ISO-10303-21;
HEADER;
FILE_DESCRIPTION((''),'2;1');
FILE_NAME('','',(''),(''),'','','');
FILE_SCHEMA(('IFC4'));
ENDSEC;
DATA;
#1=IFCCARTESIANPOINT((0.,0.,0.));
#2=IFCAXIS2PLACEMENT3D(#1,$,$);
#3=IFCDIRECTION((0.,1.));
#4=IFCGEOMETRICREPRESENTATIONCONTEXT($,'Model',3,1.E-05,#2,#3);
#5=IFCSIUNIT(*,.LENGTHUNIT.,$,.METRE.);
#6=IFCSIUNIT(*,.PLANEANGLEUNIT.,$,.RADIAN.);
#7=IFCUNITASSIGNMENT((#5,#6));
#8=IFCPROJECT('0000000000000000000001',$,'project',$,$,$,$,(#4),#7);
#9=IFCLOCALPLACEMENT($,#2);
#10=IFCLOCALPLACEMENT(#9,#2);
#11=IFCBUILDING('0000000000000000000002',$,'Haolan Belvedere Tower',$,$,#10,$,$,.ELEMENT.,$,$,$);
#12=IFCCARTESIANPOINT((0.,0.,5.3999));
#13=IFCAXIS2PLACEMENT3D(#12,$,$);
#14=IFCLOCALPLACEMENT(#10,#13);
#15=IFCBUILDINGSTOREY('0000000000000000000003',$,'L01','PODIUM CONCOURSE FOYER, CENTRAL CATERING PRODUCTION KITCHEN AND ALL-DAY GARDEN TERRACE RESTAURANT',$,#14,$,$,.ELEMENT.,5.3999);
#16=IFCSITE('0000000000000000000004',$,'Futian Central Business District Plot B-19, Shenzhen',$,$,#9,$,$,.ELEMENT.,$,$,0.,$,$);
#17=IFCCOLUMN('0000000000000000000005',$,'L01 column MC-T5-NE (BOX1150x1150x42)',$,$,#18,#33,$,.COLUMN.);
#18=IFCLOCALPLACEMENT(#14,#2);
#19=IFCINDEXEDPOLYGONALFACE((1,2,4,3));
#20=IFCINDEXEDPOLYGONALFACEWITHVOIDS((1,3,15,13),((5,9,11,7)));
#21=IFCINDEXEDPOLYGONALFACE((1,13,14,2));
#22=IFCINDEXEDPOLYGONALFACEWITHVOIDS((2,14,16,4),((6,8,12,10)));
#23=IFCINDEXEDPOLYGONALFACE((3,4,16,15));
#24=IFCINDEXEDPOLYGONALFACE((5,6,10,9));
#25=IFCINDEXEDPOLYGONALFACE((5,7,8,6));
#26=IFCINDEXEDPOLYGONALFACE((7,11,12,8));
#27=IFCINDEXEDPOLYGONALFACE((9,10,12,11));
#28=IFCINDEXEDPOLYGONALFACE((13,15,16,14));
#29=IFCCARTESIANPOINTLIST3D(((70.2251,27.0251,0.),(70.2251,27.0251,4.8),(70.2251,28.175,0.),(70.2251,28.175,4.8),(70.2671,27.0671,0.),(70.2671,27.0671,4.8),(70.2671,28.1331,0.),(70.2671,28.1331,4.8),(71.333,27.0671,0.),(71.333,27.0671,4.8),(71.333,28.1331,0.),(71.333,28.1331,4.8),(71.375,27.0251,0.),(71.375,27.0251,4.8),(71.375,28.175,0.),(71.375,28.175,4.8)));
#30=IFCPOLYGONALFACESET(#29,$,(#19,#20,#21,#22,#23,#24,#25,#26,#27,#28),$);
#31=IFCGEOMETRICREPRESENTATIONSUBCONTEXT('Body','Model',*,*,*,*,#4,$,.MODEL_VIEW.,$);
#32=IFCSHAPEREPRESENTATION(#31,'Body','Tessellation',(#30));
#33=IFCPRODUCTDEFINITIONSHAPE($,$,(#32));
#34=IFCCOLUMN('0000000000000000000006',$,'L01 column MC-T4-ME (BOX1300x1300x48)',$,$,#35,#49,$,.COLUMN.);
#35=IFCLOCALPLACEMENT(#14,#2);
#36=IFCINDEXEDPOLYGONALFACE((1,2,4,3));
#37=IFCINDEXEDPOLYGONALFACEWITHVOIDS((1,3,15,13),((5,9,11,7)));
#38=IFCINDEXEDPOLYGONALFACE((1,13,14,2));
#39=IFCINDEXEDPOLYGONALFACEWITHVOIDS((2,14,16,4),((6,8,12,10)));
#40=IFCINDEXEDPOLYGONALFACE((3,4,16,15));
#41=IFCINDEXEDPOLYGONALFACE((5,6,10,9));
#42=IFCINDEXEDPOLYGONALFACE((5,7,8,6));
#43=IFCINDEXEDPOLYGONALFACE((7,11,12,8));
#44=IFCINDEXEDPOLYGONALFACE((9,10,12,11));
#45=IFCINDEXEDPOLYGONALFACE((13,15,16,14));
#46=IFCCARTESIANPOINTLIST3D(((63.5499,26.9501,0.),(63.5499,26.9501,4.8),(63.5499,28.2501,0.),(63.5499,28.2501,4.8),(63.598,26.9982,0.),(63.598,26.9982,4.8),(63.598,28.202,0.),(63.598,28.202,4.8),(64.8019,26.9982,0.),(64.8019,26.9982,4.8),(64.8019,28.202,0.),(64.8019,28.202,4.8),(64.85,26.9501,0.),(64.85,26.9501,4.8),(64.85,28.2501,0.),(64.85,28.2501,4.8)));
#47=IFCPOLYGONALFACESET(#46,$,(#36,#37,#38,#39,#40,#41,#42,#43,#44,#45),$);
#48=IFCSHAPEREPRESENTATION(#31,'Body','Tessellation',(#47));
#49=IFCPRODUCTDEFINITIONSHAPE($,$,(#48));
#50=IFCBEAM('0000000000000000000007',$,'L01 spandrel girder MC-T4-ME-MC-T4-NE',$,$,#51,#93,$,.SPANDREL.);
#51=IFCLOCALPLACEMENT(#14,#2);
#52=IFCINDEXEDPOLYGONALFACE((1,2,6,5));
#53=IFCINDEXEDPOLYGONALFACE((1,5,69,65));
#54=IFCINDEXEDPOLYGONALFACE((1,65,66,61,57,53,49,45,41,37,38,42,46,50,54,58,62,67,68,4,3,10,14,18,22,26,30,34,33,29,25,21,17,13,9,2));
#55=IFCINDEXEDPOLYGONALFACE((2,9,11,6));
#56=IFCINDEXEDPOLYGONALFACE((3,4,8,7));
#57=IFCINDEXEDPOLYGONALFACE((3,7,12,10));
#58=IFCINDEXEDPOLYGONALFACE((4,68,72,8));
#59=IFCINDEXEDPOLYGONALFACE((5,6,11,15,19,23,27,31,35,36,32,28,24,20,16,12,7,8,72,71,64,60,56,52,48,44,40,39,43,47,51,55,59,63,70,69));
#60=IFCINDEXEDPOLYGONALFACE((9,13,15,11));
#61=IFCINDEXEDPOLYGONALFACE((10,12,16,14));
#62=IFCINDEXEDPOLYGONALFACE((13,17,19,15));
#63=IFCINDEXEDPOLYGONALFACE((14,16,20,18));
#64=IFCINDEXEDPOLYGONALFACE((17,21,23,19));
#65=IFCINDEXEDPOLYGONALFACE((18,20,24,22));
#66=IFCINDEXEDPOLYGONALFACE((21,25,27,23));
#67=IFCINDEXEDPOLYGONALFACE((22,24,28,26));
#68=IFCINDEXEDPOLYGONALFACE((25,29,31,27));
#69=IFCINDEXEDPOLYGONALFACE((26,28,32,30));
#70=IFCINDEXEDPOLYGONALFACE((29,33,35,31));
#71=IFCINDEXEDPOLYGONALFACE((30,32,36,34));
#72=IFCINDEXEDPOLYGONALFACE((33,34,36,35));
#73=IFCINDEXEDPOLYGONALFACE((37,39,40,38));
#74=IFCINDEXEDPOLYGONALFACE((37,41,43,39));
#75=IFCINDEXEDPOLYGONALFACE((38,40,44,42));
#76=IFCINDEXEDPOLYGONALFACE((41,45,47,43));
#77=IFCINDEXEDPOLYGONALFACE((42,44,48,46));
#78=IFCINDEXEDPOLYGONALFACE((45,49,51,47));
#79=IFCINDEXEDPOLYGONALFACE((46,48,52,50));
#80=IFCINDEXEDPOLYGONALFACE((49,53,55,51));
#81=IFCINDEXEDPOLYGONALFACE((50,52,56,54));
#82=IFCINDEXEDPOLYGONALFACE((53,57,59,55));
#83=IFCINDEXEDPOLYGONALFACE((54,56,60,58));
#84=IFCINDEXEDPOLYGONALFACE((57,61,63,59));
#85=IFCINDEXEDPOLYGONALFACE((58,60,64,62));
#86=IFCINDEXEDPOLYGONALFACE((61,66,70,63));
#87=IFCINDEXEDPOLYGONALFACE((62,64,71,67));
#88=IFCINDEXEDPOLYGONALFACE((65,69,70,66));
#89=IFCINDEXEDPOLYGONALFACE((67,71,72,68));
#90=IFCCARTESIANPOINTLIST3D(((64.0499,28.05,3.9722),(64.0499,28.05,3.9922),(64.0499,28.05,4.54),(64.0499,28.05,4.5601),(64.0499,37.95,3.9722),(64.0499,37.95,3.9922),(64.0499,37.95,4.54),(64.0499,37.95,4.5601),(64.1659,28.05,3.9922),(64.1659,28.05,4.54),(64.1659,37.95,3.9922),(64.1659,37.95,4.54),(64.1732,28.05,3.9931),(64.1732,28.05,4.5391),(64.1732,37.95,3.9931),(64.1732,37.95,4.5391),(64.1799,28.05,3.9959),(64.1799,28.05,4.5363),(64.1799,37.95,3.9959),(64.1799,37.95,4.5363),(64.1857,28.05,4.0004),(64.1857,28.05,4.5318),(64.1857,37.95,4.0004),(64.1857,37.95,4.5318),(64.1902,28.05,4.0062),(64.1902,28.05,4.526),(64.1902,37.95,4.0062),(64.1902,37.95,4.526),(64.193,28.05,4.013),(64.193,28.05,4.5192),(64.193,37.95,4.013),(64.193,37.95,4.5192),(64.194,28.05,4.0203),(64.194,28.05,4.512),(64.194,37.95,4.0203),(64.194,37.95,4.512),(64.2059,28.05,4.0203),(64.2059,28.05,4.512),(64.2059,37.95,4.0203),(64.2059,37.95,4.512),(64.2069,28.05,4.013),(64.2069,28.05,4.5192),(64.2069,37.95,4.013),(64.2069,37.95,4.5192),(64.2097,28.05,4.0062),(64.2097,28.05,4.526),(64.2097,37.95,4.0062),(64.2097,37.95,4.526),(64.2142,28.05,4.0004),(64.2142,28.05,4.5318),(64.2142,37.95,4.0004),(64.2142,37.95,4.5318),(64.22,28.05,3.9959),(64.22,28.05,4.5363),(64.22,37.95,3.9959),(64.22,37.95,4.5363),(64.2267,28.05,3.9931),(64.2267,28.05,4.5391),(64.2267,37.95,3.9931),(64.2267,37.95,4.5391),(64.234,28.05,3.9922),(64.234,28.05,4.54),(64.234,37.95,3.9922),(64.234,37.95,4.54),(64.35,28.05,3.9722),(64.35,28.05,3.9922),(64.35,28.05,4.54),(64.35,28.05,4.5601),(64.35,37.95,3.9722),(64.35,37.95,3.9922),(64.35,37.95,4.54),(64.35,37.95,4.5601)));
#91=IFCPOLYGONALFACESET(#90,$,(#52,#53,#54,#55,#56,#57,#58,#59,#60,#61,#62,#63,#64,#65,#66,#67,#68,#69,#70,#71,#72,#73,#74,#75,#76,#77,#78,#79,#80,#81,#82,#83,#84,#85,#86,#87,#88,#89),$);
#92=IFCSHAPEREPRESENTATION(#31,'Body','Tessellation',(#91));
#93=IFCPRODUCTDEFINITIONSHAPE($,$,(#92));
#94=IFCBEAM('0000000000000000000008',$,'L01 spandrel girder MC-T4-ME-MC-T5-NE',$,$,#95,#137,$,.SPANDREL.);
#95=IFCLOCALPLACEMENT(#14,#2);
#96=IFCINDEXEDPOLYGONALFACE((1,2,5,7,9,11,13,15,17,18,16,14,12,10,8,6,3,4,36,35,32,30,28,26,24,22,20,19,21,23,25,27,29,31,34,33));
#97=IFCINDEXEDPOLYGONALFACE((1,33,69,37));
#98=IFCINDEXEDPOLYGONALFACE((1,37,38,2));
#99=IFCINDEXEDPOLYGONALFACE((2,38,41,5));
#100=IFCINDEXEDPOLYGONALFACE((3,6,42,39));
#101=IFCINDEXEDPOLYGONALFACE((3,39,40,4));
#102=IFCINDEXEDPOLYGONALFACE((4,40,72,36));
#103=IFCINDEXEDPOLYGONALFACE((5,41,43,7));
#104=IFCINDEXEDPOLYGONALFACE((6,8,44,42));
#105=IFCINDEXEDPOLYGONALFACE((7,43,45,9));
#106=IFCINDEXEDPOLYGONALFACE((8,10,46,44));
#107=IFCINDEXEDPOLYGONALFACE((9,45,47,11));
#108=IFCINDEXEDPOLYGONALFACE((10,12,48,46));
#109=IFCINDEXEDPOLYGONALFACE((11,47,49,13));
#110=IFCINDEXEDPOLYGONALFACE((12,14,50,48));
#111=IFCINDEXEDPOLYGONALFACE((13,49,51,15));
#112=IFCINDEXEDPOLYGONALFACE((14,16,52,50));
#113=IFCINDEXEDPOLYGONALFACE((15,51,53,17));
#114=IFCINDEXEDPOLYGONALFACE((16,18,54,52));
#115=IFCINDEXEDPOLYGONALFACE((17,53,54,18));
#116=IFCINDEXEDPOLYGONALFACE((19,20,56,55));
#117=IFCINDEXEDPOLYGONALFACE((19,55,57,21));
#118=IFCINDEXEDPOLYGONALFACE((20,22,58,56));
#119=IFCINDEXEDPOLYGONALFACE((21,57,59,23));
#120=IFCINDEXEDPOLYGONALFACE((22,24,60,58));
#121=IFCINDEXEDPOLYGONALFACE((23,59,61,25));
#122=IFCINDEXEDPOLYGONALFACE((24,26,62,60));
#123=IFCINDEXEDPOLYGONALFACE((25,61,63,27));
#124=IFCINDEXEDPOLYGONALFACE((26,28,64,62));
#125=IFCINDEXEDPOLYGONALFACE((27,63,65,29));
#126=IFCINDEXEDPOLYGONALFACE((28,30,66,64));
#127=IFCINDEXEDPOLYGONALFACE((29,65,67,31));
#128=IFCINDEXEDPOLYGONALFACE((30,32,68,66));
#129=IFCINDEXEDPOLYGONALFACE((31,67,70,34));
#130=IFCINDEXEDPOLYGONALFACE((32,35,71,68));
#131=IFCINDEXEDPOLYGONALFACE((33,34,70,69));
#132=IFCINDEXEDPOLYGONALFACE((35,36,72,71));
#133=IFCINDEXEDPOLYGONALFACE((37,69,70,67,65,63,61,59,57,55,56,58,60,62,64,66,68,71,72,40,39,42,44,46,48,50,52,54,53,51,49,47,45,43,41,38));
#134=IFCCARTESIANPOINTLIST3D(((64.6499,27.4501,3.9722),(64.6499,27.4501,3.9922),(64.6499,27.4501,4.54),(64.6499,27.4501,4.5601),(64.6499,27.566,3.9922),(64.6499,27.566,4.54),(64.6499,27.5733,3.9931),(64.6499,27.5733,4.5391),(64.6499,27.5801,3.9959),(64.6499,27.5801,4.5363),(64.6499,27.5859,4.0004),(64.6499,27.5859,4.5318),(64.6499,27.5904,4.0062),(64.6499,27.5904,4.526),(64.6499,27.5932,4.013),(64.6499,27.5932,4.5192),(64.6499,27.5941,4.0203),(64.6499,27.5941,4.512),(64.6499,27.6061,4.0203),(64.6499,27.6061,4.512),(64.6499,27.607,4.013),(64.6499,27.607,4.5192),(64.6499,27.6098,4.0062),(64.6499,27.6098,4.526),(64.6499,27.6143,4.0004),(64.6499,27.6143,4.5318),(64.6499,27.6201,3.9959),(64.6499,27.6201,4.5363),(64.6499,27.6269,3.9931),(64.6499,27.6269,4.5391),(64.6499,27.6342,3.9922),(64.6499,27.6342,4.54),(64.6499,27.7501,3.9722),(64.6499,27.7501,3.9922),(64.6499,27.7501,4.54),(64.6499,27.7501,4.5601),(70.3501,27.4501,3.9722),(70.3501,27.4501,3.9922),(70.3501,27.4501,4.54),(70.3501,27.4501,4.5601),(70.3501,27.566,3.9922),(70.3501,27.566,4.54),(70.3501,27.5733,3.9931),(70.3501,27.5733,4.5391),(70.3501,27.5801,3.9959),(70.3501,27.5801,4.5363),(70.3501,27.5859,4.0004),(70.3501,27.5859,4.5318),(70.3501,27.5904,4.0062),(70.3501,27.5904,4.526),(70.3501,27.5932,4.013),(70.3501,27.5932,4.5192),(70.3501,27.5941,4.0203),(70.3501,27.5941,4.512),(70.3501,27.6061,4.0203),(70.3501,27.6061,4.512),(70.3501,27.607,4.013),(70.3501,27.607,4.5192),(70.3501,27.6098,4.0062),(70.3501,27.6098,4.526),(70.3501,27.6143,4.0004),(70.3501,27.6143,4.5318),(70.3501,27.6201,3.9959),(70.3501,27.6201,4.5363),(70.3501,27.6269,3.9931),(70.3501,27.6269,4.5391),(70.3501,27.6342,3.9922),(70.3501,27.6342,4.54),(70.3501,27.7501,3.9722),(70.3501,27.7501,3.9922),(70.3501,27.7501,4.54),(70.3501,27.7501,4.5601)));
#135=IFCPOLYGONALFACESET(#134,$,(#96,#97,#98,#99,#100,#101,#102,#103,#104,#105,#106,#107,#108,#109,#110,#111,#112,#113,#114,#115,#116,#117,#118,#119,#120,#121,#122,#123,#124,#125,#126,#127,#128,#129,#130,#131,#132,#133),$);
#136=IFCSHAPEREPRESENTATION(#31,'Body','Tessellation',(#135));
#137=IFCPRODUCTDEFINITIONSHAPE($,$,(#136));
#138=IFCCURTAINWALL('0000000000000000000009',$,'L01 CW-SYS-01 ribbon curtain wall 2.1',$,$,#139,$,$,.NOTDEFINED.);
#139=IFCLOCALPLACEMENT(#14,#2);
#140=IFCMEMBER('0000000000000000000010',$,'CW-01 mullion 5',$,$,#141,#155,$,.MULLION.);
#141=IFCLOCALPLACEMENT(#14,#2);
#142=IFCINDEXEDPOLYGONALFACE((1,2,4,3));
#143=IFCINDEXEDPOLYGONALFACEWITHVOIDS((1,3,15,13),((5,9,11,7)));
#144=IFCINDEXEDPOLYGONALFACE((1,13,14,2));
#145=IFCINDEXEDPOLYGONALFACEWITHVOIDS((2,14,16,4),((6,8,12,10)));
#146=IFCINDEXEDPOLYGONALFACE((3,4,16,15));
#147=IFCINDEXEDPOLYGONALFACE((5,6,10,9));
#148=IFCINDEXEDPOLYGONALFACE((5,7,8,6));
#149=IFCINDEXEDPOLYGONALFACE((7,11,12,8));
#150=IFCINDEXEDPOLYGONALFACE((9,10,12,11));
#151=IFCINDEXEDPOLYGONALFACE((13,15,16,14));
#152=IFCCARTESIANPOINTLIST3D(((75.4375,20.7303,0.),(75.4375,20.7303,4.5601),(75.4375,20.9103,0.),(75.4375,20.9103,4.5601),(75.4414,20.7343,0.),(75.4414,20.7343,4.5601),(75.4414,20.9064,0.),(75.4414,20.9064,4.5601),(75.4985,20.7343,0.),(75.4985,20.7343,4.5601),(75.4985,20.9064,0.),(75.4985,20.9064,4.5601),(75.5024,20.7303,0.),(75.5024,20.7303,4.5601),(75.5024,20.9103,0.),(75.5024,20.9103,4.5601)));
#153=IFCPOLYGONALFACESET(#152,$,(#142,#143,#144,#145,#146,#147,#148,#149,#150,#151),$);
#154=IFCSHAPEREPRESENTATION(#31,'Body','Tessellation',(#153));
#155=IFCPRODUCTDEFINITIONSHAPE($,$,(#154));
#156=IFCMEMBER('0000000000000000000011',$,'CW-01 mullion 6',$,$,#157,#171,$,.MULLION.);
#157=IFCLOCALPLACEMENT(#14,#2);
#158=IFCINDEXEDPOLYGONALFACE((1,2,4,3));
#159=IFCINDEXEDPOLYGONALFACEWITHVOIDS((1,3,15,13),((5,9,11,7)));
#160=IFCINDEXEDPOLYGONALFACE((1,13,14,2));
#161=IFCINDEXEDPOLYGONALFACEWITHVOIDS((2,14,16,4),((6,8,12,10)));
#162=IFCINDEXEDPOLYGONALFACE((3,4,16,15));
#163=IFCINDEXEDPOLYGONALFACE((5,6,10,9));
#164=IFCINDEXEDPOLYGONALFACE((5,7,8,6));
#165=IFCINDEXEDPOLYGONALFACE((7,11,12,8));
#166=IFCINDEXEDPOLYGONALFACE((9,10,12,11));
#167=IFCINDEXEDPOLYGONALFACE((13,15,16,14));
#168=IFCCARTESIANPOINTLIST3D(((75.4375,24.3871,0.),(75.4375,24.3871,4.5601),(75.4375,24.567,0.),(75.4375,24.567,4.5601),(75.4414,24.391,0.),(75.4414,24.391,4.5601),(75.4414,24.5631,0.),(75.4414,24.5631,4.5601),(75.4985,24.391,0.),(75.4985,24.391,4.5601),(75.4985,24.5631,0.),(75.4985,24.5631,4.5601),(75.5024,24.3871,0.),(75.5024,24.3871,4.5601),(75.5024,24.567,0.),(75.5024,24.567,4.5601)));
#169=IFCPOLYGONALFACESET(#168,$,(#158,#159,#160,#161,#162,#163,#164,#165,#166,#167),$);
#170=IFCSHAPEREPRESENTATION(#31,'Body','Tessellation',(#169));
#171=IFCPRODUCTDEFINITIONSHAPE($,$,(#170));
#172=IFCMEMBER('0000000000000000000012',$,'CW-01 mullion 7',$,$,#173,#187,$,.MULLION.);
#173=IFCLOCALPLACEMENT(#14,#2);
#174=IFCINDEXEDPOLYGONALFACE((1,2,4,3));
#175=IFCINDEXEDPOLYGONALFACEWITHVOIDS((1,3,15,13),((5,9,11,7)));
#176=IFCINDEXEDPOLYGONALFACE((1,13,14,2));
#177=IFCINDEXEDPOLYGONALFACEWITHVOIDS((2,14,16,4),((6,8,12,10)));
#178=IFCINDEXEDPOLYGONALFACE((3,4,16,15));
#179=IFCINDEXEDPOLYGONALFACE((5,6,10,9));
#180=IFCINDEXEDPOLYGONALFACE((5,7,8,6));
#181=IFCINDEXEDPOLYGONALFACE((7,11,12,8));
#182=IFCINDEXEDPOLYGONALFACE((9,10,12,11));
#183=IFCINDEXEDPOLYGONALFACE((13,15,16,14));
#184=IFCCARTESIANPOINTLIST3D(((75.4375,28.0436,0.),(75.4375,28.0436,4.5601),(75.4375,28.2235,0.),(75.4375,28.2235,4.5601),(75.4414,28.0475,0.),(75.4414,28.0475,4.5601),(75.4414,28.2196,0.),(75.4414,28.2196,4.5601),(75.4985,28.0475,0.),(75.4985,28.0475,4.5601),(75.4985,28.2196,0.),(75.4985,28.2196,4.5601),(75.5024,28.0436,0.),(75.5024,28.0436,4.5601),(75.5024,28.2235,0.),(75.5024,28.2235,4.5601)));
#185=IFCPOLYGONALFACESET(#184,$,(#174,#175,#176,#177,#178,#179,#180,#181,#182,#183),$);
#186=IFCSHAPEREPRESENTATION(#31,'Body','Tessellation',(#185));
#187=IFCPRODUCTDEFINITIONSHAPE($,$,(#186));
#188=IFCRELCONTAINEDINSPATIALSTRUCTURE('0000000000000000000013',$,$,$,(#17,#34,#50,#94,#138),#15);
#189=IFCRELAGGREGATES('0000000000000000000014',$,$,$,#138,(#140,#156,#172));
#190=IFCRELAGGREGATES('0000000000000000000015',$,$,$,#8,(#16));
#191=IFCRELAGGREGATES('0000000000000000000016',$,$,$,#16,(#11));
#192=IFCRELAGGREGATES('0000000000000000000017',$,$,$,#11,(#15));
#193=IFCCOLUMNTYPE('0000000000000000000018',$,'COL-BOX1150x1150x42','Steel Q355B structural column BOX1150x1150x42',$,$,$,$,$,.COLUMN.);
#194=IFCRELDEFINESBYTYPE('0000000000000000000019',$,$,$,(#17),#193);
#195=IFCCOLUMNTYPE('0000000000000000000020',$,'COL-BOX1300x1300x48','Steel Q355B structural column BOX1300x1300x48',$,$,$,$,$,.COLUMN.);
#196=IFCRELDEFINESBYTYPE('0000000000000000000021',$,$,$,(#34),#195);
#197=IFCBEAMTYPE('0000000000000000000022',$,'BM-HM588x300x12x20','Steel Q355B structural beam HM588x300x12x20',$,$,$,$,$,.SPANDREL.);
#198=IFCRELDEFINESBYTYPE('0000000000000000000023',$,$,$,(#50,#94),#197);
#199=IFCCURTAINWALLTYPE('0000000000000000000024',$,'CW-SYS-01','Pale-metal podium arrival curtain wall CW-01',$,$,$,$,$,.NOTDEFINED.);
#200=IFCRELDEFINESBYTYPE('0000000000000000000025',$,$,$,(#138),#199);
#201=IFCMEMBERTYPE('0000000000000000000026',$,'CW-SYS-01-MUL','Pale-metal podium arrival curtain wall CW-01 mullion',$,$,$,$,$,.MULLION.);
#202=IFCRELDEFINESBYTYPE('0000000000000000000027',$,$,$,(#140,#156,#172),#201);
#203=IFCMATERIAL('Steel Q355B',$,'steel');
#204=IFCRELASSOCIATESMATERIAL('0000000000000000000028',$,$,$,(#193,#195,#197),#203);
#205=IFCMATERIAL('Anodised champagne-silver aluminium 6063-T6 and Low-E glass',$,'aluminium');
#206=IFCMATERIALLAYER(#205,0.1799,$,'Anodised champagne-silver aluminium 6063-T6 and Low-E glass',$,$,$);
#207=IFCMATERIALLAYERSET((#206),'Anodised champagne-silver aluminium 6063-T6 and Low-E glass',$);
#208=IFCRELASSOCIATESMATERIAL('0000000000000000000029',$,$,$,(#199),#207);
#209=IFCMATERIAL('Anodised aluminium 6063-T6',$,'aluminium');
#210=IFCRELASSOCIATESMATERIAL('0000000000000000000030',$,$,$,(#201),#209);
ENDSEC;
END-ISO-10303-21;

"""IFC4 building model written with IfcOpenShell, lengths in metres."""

from ifc_helpers import new_model, si_unit, direction, frame, origin, origin_2d, place, context, subcontext, project, spatial, hollow_rectangle, i_section, extrude, material, layer, layer_set, material_profile, profile_set, type_object, element, aggregate, save


model = new_model("IFC4")

# Units and contexts
model_context = context("Model", 3, precision=1e-05, world=origin(), true_north=direction((0.0, 1.0)))
body_context = subcontext(model_context, "Body", "Model", "MODEL_VIEW")
ifc_project = project(units=[si_unit("LENGTHUNIT", "METRE"), si_unit("PLANEANGLEUNIT", "RADIAN")], contexts=[model_context])

# Site, building, storey
site_placement = place(None, origin())
site = spatial("IfcSite", under=ifc_project, at=site_placement, Name="Futian Central Business District Plot B-19, Shenzhen", CompositionType="ELEMENT", RefElevation=0.0)
building_placement = place(site_placement, origin())
building = spatial("IfcBuilding", under=site, at=building_placement, Name="Haolan Belvedere Tower", CompositionType="ELEMENT")
storey_placement = place(building_placement, frame((0.0, 0.0, 5.3999)))
storey = spatial("IfcBuildingStorey", under=building, at=storey_placement, Name="L01", Description="PODIUM CONCOURSE FOYER, CENTRAL CATERING PRODUCTION KITCHEN AND ALL-DAY GARDEN TERRACE RESTAURANT", CompositionType="ELEMENT", Elevation=5.3999)

# Columns
ifc_material_1 = material(Name="Steel Q355B", Category="steel")
ifc_material_profile_1 = material_profile(ifc_material_1, hollow_rectangle(XDim=1.1499, YDim=1.1499, WallThickness=0.042, at=origin_2d()), Name="Steel Q355B")
ifc_profile_set_1 = profile_set([ifc_material_profile_1], Name="Steel Q355B")
column_type_1 = type_object("IfcColumnType", Name="COL-BOX1150x1150x42", Description="Steel Q355B structural column BOX1150x1150x42", PredefinedType="COLUMN", material=ifc_profile_set_1)
column_1_placement = place(storey_placement, frame((70.8, 27.6001, 0.0), z_axis=(0.0, 0.0, 1.0), x_axis=(1.0, 0.0, 0.0)))
element("IfcColumn", 1, at=column_1_placement, inside=storey, type_object=column_type_1, Name="L01 column MC-T5-NE (BOX1150x1150x42)", PredefinedType="COLUMN", context=body_context, shape_type="SweptSolid", body=[
    extrude(hollow_rectangle(XDim=1.1499, YDim=1.1499, WallThickness=0.042, at=origin_2d()), origin(), (0.0, 0.0, 1.0), 4.8),
])
ifc_material_profile_2 = material_profile(ifc_material_1, hollow_rectangle(XDim=1.3, YDim=1.3, WallThickness=0.0481, at=origin_2d()), Name="Steel Q355B")
ifc_profile_set_2 = profile_set([ifc_material_profile_2], Name="Steel Q355B")
column_type_2 = type_object("IfcColumnType", Name="COL-BOX1300x1300x48", Description="Steel Q355B structural column BOX1300x1300x48", PredefinedType="COLUMN", material=ifc_profile_set_2)
column_2_placement = place(storey_placement, frame((64.2, 27.6001, 0.0), z_axis=(0.0, 0.0, 1.0), x_axis=(1.0, 0.0, 0.0)))
element("IfcColumn", 2, at=column_2_placement, inside=storey, type_object=column_type_2, Name="L01 column MC-T4-ME (BOX1300x1300x48)", PredefinedType="COLUMN", context=body_context, shape_type="SweptSolid", body=[
    extrude(hollow_rectangle(XDim=1.3, YDim=1.3, WallThickness=0.0481, at=origin_2d()), origin(), (0.0, 0.0, 1.0), 4.8),
])

# Beams
ifc_material_profile_3 = material_profile(ifc_material_1, i_section(OverallWidth=0.3, OverallDepth=0.5879, WebThickness=0.012, FlangeThickness=0.02, FilletRadius=0.0281, at=origin_2d()), Name="Steel Q355B")
ifc_profile_set_3 = profile_set([ifc_material_profile_3], Name="Steel Q355B")
beam_type = type_object("IfcBeamType", Name="BM-HM588x300x12x20", Description="Steel Q355B structural beam HM588x300x12x20", PredefinedType="SPANDREL", material=ifc_profile_set_3)
beam_1_placement = place(storey_placement, frame((64.2, 28.05, 4.2661), z_axis=(0.0, 1.0, 0.0), x_axis=(-1.0, 0.0, 0.0)))
element("IfcBeam", 3, at=beam_1_placement, inside=storey, type_object=beam_type, Name="L01 spandrel girder MC-T4-ME-MC-T4-NE", PredefinedType="SPANDREL", context=body_context, shape_type="SweptSolid", body=[
    extrude(i_section(OverallWidth=0.3, OverallDepth=0.5879, WebThickness=0.012, FlangeThickness=0.02, FilletRadius=0.0281, at=origin_2d()), origin(), (0.0, 0.0, 1.0), 9.8999),
])
beam_2_placement = place(storey_placement, frame((64.6499, 27.6001, 4.2661), z_axis=(1.0, 0.0, 0.0), x_axis=(0.0, 1.0, 0.0)))
element("IfcBeam", 4, at=beam_2_placement, inside=storey, type_object=beam_type, Name="L01 spandrel girder MC-T4-ME-MC-T5-NE", PredefinedType="SPANDREL", context=body_context, shape_type="SweptSolid", body=[
    extrude(i_section(OverallWidth=0.3, OverallDepth=0.5879, WebThickness=0.012, FlangeThickness=0.02, FilletRadius=0.0281, at=origin_2d()), origin(), (0.0, 0.0, 1.0), 5.7002),
])

# Curtain wall, members
ifc_material_2 = material(Name="Anodised champagne-silver aluminium 6063-T6 and Low-E glass", Category="aluminium")
ifc_layer_1 = layer(ifc_material_2, 0.1799, Name="Anodised champagne-silver aluminium 6063-T6 and Low-E glass")
ifc_layer_set_1 = layer_set([ifc_layer_1], Name="Anodised champagne-silver aluminium 6063-T6 and Low-E glass")
curtain_wall_type = type_object("IfcCurtainWallType", Name="CW-SYS-01", Description="Pale-metal podium arrival curtain wall CW-01", PredefinedType="NOTDEFINED", material=ifc_layer_set_1)
curtain_wall_placement = place(storey_placement, origin())
curtain_wall = element("IfcCurtainWall", 5, at=curtain_wall_placement, inside=storey, type_object=curtain_wall_type, Name="L01 CW-SYS-01 ribbon curtain wall 2.1", PredefinedType="NOTDEFINED")
ifc_material_3 = material(Name="Anodised aluminium 6063-T6", Category="aluminium")
ifc_material_profile_4 = material_profile(ifc_material_3, hollow_rectangle(XDim=0.0649, YDim=0.1799, WallThickness=0.0039, at=origin_2d()), Name="Anodised aluminium 6063-T6")
ifc_profile_set_4 = profile_set([ifc_material_profile_4], Name="Anodised aluminium 6063-T6")
member_type_1 = type_object("IfcMemberType", Name="CW-SYS-01-MUL", Description="Pale-metal podium arrival curtain wall CW-01 mullion", PredefinedType="MULLION", material=ifc_profile_set_4)
member_1_placement = place(storey_placement, frame((75.47, 20.8203, 0.0), z_axis=(0.0, 0.0, 1.0), x_axis=(-1.0, 0.0, 0.0)))
member_1 = element("IfcMember", 6, at=member_1_placement, type_object=member_type_1, Name="CW-01 mullion 5", PredefinedType="MULLION", context=body_context, shape_type="SweptSolid", body=[
    extrude(hollow_rectangle(XDim=0.0649, YDim=0.1799, WallThickness=0.0039, at=origin_2d()), origin(), (0.0, 0.0, 1.0), 4.5601),
])
member_2_placement = place(storey_placement, frame((75.47, 24.4771, 0.0), z_axis=(0.0, 0.0, 1.0), x_axis=(-1.0, 0.0, 0.0)))
member_2 = element("IfcMember", 7, at=member_2_placement, type_object=member_type_1, Name="CW-01 mullion 6", PredefinedType="MULLION", context=body_context, shape_type="SweptSolid", body=[
    extrude(hollow_rectangle(XDim=0.0649, YDim=0.1799, WallThickness=0.0039, at=origin_2d()), origin(), (0.0, 0.0, 1.0), 4.5601),
])
member_3_placement = place(storey_placement, frame((75.47, 28.1335, 0.0), z_axis=(0.0, 0.0, 1.0), x_axis=(-1.0, 0.0, 0.0)))
member_3 = element("IfcMember", 8, at=member_3_placement, type_object=member_type_1, Name="CW-01 mullion 7", PredefinedType="MULLION", context=body_context, shape_type="SweptSolid", body=[
    extrude(hollow_rectangle(XDim=0.0649, YDim=0.1799, WallThickness=0.0039, at=origin_2d()), origin(), (0.0, 0.0, 1.0), 4.5601),
])
aggregate(curtain_wall, [member_1, member_2, member_3])

save(model, "model.ifc")
